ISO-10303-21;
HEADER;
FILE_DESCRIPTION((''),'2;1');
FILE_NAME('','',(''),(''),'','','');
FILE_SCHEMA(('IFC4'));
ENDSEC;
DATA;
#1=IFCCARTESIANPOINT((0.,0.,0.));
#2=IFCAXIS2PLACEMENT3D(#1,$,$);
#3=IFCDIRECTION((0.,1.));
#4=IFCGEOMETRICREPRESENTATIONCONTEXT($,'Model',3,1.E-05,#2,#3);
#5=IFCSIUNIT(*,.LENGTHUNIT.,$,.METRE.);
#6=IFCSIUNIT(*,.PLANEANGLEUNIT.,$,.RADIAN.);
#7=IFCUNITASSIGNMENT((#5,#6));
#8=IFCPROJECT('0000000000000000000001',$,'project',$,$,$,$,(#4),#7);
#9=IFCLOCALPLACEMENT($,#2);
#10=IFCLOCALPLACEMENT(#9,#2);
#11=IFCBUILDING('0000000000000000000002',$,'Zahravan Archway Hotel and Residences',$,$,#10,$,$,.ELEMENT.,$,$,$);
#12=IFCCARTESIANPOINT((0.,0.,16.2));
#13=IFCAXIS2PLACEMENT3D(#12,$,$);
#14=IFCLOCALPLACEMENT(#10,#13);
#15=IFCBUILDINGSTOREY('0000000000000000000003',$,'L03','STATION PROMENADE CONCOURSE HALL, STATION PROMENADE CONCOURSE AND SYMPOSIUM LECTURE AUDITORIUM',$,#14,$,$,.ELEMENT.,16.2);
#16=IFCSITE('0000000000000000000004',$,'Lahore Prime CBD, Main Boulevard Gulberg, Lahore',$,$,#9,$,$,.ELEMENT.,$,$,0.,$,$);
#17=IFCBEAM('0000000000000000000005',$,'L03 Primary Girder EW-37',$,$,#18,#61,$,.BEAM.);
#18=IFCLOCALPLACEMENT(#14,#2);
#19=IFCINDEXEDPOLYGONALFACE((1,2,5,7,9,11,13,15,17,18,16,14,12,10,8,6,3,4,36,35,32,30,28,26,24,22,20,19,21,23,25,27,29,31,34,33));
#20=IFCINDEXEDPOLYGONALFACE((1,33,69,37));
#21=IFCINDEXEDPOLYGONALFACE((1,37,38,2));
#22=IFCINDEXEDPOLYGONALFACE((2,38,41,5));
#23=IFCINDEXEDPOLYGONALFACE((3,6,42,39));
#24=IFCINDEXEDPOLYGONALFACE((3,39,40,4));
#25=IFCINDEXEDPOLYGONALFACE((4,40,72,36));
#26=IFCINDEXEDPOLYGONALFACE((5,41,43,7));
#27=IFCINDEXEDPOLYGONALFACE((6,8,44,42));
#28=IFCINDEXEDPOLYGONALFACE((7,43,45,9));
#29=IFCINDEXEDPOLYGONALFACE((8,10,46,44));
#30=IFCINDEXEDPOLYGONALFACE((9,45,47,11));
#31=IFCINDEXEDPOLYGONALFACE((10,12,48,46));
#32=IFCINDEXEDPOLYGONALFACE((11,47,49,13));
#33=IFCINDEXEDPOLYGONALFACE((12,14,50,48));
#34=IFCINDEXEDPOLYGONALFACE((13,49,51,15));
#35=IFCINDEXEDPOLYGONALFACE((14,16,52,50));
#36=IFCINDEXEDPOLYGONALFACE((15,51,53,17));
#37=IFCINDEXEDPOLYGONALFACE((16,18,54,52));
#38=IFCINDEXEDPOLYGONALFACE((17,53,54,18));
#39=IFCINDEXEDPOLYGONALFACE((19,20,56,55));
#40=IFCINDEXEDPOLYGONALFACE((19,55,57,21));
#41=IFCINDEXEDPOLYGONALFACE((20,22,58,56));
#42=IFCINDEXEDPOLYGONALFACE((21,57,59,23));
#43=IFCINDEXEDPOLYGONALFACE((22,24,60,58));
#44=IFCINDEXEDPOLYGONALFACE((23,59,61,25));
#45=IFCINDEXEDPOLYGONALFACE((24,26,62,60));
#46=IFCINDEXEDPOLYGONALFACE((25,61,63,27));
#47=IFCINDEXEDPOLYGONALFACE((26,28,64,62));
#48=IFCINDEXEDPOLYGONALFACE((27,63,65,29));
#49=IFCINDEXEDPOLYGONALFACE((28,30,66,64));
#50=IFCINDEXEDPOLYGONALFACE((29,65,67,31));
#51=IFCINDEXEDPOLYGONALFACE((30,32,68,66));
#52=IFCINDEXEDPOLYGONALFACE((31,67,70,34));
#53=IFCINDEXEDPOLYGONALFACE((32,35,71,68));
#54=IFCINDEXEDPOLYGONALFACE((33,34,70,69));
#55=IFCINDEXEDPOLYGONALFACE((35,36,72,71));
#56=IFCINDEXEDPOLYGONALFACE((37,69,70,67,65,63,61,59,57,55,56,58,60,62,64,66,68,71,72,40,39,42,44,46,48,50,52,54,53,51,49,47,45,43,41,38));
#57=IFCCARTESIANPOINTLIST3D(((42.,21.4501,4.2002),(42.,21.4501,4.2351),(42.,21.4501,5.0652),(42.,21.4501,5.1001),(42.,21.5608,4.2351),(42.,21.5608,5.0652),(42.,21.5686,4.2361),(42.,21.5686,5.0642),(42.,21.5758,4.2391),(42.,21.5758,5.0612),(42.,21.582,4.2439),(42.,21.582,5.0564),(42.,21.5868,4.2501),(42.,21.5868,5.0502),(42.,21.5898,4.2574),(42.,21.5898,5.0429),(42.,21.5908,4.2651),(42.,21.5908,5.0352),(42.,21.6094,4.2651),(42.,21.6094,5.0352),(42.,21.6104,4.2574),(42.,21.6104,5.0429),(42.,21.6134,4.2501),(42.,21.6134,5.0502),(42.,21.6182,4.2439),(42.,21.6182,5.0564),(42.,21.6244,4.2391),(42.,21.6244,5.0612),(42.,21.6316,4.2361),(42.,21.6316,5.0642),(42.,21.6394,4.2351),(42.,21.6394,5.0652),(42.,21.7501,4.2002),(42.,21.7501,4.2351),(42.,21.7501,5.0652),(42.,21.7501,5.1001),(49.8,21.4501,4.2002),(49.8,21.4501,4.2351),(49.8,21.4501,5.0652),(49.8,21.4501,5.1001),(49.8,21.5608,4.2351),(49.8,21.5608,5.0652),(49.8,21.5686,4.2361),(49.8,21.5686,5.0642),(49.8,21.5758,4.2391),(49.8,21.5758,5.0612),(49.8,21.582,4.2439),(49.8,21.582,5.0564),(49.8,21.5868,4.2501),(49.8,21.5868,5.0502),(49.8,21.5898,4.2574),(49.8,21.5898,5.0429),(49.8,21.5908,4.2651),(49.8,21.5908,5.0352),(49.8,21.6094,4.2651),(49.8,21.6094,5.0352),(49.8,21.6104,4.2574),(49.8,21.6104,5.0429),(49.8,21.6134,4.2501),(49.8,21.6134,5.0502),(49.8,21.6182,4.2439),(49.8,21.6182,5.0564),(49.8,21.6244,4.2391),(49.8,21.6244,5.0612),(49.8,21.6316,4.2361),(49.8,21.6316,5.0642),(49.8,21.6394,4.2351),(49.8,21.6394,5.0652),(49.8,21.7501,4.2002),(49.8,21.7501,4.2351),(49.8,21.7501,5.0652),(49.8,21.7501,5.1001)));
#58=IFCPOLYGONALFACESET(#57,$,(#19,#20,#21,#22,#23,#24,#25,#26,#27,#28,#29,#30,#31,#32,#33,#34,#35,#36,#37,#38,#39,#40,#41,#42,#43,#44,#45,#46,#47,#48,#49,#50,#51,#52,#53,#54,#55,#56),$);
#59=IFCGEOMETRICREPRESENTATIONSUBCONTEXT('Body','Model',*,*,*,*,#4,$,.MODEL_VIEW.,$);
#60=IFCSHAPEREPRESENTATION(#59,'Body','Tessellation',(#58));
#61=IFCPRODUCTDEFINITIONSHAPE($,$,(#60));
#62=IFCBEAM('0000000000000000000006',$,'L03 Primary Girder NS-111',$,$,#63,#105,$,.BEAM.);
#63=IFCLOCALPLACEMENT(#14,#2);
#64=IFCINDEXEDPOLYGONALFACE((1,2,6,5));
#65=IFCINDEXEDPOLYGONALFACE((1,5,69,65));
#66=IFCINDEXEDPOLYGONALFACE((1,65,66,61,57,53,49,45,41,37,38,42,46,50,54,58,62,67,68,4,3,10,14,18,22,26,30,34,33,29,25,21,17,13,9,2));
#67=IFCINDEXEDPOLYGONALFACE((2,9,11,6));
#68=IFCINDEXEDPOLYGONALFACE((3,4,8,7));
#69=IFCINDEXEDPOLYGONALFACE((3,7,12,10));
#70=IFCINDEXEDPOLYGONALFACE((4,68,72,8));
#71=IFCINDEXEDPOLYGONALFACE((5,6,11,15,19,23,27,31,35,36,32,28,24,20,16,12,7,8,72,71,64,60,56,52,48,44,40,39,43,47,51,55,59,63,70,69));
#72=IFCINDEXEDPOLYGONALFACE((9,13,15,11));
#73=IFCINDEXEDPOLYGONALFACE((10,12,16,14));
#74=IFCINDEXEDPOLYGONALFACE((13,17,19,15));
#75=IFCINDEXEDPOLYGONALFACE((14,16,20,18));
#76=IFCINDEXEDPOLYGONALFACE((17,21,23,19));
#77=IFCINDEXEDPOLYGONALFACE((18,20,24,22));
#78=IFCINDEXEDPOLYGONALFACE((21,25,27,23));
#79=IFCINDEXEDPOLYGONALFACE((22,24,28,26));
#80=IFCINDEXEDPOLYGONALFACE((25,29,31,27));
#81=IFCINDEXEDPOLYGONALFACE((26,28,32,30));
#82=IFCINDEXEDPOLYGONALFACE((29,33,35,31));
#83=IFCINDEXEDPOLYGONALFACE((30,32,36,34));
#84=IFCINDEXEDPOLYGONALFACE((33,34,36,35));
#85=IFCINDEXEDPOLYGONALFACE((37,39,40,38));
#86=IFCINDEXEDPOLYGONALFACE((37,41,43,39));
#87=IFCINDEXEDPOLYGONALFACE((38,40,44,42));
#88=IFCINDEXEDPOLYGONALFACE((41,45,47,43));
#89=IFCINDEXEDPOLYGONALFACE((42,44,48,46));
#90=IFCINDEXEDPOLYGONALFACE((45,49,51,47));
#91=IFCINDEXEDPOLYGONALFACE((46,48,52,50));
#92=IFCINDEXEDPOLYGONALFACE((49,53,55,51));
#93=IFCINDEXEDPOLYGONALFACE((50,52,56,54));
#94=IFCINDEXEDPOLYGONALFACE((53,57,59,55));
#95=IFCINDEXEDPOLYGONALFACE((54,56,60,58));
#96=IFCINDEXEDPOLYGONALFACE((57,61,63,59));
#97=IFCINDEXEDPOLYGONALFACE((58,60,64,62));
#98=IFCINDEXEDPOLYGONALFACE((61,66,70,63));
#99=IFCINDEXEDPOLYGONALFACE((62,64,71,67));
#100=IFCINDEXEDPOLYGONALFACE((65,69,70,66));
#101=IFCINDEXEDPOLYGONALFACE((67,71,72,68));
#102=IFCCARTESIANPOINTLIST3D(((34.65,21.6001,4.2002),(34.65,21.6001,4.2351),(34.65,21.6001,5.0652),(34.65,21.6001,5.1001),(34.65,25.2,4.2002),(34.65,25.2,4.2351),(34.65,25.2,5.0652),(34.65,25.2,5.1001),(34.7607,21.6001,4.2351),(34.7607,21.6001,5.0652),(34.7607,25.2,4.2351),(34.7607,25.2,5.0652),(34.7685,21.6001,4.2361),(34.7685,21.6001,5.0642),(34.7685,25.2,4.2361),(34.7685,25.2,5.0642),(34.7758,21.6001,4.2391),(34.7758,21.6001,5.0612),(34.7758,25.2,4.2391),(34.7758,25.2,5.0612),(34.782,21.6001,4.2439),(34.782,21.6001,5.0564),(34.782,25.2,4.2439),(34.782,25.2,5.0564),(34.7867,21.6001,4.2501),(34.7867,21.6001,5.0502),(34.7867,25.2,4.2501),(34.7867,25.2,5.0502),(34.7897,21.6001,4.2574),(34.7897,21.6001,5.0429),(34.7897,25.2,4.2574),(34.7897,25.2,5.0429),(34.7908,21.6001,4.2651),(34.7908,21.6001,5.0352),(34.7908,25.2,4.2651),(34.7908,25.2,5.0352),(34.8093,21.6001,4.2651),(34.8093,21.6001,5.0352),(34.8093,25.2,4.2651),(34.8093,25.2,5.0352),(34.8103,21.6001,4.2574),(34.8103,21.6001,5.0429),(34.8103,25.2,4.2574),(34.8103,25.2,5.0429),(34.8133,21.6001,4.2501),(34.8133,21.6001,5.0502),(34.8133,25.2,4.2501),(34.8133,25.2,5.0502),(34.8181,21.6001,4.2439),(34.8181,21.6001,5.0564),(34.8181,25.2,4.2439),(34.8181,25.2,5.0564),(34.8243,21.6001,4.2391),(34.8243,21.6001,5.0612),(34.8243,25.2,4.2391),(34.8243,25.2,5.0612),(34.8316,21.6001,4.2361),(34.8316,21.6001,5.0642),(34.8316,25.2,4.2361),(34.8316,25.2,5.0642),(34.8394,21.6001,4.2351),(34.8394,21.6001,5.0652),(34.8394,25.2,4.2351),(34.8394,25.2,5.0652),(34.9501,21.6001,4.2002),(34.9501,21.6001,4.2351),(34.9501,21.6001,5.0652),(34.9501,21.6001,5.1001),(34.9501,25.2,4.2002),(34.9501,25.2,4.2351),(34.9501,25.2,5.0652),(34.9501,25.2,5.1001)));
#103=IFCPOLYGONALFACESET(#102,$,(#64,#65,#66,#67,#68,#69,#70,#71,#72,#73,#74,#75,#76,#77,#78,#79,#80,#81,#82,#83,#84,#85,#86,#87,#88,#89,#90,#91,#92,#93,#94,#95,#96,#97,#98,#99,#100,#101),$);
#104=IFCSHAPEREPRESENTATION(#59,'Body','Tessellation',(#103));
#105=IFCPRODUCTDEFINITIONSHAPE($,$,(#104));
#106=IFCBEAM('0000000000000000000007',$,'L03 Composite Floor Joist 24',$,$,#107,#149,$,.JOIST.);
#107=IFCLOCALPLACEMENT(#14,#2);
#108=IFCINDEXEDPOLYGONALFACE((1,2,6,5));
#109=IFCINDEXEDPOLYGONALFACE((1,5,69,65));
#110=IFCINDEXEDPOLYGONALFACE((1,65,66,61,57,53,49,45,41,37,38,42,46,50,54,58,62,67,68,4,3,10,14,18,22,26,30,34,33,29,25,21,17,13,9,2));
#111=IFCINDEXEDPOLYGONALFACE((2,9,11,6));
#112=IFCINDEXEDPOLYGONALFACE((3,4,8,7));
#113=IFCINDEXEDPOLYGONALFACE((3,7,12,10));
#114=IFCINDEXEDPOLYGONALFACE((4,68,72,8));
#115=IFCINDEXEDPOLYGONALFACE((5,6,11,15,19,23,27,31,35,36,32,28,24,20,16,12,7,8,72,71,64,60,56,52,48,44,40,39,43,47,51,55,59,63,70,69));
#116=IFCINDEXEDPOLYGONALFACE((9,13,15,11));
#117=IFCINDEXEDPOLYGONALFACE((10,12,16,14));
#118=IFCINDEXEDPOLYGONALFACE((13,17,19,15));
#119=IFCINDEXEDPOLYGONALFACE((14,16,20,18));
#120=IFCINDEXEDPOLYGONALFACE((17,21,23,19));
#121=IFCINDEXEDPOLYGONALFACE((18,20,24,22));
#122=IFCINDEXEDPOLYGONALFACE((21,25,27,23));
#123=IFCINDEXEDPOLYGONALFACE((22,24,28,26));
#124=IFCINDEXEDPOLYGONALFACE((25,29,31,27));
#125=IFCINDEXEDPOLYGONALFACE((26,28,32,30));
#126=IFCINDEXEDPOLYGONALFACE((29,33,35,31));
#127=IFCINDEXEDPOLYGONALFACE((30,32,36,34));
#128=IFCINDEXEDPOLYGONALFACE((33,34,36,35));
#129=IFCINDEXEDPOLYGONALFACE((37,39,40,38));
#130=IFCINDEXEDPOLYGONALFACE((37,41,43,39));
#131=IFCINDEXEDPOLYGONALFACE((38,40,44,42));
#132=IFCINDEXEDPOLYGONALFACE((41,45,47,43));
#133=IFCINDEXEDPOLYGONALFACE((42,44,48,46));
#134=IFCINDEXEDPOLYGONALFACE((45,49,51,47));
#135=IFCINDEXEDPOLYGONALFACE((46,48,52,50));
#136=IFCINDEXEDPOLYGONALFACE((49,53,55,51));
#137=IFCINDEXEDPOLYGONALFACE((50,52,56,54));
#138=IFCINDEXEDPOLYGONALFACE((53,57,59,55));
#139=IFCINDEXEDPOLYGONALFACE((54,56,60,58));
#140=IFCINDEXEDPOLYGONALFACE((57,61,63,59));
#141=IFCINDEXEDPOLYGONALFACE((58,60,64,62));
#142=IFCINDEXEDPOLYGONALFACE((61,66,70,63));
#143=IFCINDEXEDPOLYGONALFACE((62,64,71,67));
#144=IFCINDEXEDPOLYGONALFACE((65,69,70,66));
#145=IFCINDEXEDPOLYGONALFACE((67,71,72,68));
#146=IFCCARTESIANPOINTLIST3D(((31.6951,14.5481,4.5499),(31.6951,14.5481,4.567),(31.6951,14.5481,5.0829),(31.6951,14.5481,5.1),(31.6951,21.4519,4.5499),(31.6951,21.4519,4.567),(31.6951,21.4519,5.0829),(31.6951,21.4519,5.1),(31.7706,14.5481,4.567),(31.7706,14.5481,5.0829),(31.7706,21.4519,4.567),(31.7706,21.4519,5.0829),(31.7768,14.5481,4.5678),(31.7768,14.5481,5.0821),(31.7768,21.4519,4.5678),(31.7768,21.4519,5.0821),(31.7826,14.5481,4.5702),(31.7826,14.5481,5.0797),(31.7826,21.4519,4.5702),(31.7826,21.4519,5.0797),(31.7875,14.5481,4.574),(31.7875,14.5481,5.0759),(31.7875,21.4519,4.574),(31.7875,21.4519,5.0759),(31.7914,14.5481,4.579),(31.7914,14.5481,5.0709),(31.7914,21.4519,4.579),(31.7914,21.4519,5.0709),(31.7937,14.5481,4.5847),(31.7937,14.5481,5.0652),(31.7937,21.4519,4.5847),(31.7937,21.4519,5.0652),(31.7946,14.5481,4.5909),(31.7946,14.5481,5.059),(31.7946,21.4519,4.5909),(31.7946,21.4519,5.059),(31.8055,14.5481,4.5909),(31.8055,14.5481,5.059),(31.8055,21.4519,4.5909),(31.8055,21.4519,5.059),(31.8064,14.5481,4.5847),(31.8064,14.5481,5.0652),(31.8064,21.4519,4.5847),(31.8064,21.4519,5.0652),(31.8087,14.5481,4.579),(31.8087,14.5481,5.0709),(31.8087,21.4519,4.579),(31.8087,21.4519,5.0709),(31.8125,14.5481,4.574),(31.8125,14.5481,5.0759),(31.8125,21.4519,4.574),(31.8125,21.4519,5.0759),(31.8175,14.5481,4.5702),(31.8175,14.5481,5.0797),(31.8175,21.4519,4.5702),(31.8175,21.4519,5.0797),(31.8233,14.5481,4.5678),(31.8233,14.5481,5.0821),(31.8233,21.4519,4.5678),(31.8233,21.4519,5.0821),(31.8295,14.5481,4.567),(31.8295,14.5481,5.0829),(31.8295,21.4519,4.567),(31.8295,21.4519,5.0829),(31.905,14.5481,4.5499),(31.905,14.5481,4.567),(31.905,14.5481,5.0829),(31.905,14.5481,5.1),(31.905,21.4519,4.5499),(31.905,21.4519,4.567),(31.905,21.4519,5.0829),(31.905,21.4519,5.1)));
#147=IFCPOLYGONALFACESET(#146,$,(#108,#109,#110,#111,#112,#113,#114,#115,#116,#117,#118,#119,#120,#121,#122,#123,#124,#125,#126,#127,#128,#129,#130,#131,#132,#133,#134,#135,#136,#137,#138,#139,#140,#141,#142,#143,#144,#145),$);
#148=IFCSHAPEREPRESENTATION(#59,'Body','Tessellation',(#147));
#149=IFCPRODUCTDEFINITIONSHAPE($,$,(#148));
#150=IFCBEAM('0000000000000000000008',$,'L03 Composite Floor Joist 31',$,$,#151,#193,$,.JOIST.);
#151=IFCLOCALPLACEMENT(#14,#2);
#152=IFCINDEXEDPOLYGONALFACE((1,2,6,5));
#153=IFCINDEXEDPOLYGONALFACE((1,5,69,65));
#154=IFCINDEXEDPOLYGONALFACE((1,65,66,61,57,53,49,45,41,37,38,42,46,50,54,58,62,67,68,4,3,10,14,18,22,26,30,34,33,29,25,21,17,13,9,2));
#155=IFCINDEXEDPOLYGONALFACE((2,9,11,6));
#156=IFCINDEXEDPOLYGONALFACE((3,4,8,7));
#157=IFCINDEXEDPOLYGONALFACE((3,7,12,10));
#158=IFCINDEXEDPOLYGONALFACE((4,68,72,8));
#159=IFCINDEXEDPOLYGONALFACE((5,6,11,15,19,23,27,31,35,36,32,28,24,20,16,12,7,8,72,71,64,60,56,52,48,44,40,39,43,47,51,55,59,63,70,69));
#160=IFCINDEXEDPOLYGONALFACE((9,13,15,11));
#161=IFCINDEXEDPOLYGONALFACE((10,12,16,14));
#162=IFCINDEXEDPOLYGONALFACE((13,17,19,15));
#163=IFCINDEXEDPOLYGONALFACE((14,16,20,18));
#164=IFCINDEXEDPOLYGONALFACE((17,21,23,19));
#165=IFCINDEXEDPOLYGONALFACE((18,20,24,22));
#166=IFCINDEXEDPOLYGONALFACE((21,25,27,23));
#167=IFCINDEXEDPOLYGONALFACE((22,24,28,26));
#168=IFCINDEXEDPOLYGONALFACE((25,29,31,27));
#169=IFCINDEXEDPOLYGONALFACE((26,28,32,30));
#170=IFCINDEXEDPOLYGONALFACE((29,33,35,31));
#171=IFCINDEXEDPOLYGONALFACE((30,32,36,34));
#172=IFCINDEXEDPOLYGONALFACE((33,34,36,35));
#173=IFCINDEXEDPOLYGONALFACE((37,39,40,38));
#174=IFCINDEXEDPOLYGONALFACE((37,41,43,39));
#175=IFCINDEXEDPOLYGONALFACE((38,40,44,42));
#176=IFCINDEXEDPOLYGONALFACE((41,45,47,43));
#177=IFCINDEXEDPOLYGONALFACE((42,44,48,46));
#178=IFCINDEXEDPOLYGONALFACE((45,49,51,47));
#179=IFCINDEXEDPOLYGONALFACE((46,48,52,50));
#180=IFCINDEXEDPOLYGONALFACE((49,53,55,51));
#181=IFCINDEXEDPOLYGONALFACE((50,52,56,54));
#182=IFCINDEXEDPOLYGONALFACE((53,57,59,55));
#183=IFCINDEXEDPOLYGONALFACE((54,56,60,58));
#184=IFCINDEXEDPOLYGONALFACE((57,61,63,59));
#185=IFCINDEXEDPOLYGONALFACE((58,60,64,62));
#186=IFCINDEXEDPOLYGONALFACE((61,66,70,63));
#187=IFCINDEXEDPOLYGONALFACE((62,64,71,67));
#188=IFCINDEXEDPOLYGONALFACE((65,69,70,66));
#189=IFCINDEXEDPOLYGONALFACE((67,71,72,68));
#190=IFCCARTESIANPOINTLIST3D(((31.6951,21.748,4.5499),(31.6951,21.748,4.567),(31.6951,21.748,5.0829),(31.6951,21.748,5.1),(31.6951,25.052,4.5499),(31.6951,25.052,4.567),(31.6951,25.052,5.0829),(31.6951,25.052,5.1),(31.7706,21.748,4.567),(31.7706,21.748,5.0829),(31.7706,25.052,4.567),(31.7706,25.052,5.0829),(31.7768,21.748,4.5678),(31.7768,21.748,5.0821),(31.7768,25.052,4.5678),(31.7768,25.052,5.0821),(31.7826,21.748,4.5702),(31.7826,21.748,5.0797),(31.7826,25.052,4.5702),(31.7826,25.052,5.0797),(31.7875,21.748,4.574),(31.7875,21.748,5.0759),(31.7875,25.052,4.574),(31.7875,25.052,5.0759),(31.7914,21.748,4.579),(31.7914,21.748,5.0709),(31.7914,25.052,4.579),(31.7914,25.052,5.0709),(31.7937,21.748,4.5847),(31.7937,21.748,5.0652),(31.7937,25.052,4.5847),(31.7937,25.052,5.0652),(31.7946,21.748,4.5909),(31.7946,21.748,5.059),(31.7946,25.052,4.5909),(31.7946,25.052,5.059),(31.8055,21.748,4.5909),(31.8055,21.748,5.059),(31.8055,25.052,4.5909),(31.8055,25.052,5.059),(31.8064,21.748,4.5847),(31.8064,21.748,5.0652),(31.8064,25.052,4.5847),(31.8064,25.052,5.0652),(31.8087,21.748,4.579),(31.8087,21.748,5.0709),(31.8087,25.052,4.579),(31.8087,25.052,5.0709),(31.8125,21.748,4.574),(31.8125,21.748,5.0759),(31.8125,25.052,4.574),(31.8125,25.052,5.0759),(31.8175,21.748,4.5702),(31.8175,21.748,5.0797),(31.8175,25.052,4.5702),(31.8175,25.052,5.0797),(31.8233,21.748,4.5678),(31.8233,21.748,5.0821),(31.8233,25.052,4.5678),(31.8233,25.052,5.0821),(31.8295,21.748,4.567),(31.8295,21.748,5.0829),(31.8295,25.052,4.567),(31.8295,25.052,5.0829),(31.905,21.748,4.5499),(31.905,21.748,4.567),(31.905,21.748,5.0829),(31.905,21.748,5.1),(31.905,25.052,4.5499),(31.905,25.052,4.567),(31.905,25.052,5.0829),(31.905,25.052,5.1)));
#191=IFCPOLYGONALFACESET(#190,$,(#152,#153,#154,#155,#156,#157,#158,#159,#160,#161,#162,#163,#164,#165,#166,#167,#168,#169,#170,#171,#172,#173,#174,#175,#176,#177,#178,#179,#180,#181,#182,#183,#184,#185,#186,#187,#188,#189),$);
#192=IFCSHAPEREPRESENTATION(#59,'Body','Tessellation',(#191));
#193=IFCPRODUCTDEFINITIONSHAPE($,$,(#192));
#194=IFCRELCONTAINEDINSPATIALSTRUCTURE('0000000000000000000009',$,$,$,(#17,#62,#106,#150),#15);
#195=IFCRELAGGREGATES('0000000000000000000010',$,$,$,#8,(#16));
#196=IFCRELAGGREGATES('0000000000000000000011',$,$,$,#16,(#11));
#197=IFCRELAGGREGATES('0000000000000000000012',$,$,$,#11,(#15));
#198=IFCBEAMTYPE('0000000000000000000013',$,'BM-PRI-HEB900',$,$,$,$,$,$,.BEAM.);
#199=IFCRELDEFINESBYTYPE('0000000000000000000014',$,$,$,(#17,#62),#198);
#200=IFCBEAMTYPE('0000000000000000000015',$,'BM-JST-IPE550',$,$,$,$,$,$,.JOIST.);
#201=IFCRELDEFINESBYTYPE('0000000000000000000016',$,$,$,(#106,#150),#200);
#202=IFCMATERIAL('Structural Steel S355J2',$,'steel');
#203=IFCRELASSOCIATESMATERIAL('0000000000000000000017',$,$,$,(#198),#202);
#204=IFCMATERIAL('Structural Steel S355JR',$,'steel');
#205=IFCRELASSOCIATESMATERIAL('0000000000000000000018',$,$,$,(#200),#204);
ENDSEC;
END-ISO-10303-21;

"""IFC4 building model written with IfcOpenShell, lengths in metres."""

from ifc_helpers import new_model, si_unit, direction, frame, origin, origin_2d, place, context, subcontext, project, spatial, i_section, extrude, source, transform, mapped, material, material_profile, profile_set, type_object, element, save


model = new_model("IFC4")

# Units and contexts
model_context = context("Model", 3, precision=1e-05, world=origin(), true_north=direction((0.0, 1.0)))
body_context = subcontext(model_context, "Body", "Model", "MODEL_VIEW")
ifc_project = project(units=[si_unit("LENGTHUNIT", "METRE"), si_unit("PLANEANGLEUNIT", "RADIAN")], contexts=[model_context])

# Site, building, storey
site_placement = place(None, origin())
site = spatial("IfcSite", under=ifc_project, at=site_placement, Name="Lahore Prime CBD, Main Boulevard Gulberg, Lahore", CompositionType="ELEMENT", RefElevation=0.0)
building_placement = place(site_placement, origin())
building = spatial("IfcBuilding", under=site, at=building_placement, Name="Zahravan Archway Hotel and Residences", CompositionType="ELEMENT")
storey_placement = place(building_placement, frame((0.0, 0.0, 16.2)))
storey = spatial("IfcBuildingStorey", under=building, at=storey_placement, Name="L03", Description="STATION PROMENADE CONCOURSE HALL, STATION PROMENADE CONCOURSE AND SYMPOSIUM LECTURE AUDITORIUM", CompositionType="ELEMENT", Elevation=16.2)

# Beams
ifc_material_1 = material(Name="Structural Steel S355J2", Category="steel")
ifc_material_profile_1 = material_profile(ifc_material_1, i_section(OverallWidth=0.3, OverallDepth=0.8999, WebThickness=0.0186, FlangeThickness=0.0349, FilletRadius=0.03, at=origin_2d()), Name="HEB 900", Category="steel")
ifc_profile_set_1 = profile_set([ifc_material_profile_1], Name="Structural Steel S355J2")
beam_type_1 = type_object("IfcBeamType", Name="BM-PRI-HEB900", PredefinedType="BEAM", material=ifc_profile_set_1)
shared_shape_1 = source(origin(), body_context, "Body", "SweptSolid", [
    extrude(i_section(OverallWidth=0.3, OverallDepth=0.8999, WebThickness=0.0186, FlangeThickness=0.0349, FilletRadius=0.03, at=origin_2d()), origin(), (0.0, 0.0, 1.0), 7.8),
])
beam_1_placement = place(storey_placement, frame((42.0, 21.6001, 4.6501), z_axis=(1.0, 0.0, 0.0), x_axis=(0.0, 1.0, 0.0)))
element("IfcBeam", 1, at=beam_1_placement, inside=storey, type_object=beam_type_1, Name="L03 Primary Girder EW-37", PredefinedType="BEAM", context=body_context, shape_type="MappedRepresentation", body=[
    mapped(shared_shape_1, transform((0.0, 0.0, 0.0), scale=1.0)),
])
shared_shape_2 = source(origin(), body_context, "Body", "SweptSolid", [
    extrude(i_section(OverallWidth=0.3, OverallDepth=0.8999, WebThickness=0.0186, FlangeThickness=0.0349, FilletRadius=0.03, at=origin_2d()), origin(), (0.0, 0.0, 1.0), 3.5999),
])
beam_2_placement = place(storey_placement, frame((34.8, 21.6001, 4.6501), z_axis=(0.0, 1.0, 0.0), x_axis=(-1.0, 0.0, 0.0)))
element("IfcBeam", 2, at=beam_2_placement, inside=storey, type_object=beam_type_1, Name="L03 Primary Girder NS-111", PredefinedType="BEAM", context=body_context, shape_type="MappedRepresentation", body=[
    mapped(shared_shape_2, transform((0.0, 0.0, 0.0), scale=1.0)),
])
ifc_material_2 = material(Name="Structural Steel S355JR", Category="steel")
ifc_material_profile_2 = material_profile(ifc_material_2, i_section(OverallWidth=0.21, OverallDepth=0.55, WebThickness=0.011, FlangeThickness=0.0171, FilletRadius=0.0239, at=origin_2d()), Name="IPE 550", Category="steel")
ifc_profile_set_2 = profile_set([ifc_material_profile_2], Name="Structural Steel S355JR")
beam_type_2 = type_object("IfcBeamType", Name="BM-JST-IPE550", PredefinedType="JOIST", material=ifc_profile_set_2)
shared_shape_3 = source(origin(), body_context, "Body", "SweptSolid", [
    extrude(i_section(OverallWidth=0.21, OverallDepth=0.55, WebThickness=0.011, FlangeThickness=0.0171, FilletRadius=0.0239, at=origin_2d()), origin(), (0.0, 0.0, 1.0), 6.9038),
])
beam_3_placement = place(storey_placement, frame((31.8, 14.5481, 4.825), z_axis=(0.0, 1.0, 0.0), x_axis=(-1.0, 0.0, 0.0)))
element("IfcBeam", 3, at=beam_3_placement, inside=storey, type_object=beam_type_2, Name="L03 Composite Floor Joist 24", PredefinedType="JOIST", context=body_context, shape_type="MappedRepresentation", body=[
    mapped(shared_shape_3, transform((0.0, 0.0, 0.0), scale=1.0)),
])
shared_shape_4 = source(origin(), body_context, "Body", "SweptSolid", [
    extrude(i_section(OverallWidth=0.21, OverallDepth=0.55, WebThickness=0.011, FlangeThickness=0.0171, FilletRadius=0.0239, at=origin_2d()), origin(), (0.0, 0.0, 1.0), 3.304),
])
beam_4_placement = place(storey_placement, frame((31.8, 21.748, 4.825), z_axis=(0.0, 1.0, 0.0), x_axis=(-1.0, 0.0, 0.0)))
element("IfcBeam", 4, at=beam_4_placement, inside=storey, type_object=beam_type_2, Name="L03 Composite Floor Joist 31", PredefinedType="JOIST", context=body_context, shape_type="MappedRepresentation", body=[
    mapped(shared_shape_4, transform((0.0, 0.0, 0.0), scale=1.0)),
])

save(model, "model.ifc")
